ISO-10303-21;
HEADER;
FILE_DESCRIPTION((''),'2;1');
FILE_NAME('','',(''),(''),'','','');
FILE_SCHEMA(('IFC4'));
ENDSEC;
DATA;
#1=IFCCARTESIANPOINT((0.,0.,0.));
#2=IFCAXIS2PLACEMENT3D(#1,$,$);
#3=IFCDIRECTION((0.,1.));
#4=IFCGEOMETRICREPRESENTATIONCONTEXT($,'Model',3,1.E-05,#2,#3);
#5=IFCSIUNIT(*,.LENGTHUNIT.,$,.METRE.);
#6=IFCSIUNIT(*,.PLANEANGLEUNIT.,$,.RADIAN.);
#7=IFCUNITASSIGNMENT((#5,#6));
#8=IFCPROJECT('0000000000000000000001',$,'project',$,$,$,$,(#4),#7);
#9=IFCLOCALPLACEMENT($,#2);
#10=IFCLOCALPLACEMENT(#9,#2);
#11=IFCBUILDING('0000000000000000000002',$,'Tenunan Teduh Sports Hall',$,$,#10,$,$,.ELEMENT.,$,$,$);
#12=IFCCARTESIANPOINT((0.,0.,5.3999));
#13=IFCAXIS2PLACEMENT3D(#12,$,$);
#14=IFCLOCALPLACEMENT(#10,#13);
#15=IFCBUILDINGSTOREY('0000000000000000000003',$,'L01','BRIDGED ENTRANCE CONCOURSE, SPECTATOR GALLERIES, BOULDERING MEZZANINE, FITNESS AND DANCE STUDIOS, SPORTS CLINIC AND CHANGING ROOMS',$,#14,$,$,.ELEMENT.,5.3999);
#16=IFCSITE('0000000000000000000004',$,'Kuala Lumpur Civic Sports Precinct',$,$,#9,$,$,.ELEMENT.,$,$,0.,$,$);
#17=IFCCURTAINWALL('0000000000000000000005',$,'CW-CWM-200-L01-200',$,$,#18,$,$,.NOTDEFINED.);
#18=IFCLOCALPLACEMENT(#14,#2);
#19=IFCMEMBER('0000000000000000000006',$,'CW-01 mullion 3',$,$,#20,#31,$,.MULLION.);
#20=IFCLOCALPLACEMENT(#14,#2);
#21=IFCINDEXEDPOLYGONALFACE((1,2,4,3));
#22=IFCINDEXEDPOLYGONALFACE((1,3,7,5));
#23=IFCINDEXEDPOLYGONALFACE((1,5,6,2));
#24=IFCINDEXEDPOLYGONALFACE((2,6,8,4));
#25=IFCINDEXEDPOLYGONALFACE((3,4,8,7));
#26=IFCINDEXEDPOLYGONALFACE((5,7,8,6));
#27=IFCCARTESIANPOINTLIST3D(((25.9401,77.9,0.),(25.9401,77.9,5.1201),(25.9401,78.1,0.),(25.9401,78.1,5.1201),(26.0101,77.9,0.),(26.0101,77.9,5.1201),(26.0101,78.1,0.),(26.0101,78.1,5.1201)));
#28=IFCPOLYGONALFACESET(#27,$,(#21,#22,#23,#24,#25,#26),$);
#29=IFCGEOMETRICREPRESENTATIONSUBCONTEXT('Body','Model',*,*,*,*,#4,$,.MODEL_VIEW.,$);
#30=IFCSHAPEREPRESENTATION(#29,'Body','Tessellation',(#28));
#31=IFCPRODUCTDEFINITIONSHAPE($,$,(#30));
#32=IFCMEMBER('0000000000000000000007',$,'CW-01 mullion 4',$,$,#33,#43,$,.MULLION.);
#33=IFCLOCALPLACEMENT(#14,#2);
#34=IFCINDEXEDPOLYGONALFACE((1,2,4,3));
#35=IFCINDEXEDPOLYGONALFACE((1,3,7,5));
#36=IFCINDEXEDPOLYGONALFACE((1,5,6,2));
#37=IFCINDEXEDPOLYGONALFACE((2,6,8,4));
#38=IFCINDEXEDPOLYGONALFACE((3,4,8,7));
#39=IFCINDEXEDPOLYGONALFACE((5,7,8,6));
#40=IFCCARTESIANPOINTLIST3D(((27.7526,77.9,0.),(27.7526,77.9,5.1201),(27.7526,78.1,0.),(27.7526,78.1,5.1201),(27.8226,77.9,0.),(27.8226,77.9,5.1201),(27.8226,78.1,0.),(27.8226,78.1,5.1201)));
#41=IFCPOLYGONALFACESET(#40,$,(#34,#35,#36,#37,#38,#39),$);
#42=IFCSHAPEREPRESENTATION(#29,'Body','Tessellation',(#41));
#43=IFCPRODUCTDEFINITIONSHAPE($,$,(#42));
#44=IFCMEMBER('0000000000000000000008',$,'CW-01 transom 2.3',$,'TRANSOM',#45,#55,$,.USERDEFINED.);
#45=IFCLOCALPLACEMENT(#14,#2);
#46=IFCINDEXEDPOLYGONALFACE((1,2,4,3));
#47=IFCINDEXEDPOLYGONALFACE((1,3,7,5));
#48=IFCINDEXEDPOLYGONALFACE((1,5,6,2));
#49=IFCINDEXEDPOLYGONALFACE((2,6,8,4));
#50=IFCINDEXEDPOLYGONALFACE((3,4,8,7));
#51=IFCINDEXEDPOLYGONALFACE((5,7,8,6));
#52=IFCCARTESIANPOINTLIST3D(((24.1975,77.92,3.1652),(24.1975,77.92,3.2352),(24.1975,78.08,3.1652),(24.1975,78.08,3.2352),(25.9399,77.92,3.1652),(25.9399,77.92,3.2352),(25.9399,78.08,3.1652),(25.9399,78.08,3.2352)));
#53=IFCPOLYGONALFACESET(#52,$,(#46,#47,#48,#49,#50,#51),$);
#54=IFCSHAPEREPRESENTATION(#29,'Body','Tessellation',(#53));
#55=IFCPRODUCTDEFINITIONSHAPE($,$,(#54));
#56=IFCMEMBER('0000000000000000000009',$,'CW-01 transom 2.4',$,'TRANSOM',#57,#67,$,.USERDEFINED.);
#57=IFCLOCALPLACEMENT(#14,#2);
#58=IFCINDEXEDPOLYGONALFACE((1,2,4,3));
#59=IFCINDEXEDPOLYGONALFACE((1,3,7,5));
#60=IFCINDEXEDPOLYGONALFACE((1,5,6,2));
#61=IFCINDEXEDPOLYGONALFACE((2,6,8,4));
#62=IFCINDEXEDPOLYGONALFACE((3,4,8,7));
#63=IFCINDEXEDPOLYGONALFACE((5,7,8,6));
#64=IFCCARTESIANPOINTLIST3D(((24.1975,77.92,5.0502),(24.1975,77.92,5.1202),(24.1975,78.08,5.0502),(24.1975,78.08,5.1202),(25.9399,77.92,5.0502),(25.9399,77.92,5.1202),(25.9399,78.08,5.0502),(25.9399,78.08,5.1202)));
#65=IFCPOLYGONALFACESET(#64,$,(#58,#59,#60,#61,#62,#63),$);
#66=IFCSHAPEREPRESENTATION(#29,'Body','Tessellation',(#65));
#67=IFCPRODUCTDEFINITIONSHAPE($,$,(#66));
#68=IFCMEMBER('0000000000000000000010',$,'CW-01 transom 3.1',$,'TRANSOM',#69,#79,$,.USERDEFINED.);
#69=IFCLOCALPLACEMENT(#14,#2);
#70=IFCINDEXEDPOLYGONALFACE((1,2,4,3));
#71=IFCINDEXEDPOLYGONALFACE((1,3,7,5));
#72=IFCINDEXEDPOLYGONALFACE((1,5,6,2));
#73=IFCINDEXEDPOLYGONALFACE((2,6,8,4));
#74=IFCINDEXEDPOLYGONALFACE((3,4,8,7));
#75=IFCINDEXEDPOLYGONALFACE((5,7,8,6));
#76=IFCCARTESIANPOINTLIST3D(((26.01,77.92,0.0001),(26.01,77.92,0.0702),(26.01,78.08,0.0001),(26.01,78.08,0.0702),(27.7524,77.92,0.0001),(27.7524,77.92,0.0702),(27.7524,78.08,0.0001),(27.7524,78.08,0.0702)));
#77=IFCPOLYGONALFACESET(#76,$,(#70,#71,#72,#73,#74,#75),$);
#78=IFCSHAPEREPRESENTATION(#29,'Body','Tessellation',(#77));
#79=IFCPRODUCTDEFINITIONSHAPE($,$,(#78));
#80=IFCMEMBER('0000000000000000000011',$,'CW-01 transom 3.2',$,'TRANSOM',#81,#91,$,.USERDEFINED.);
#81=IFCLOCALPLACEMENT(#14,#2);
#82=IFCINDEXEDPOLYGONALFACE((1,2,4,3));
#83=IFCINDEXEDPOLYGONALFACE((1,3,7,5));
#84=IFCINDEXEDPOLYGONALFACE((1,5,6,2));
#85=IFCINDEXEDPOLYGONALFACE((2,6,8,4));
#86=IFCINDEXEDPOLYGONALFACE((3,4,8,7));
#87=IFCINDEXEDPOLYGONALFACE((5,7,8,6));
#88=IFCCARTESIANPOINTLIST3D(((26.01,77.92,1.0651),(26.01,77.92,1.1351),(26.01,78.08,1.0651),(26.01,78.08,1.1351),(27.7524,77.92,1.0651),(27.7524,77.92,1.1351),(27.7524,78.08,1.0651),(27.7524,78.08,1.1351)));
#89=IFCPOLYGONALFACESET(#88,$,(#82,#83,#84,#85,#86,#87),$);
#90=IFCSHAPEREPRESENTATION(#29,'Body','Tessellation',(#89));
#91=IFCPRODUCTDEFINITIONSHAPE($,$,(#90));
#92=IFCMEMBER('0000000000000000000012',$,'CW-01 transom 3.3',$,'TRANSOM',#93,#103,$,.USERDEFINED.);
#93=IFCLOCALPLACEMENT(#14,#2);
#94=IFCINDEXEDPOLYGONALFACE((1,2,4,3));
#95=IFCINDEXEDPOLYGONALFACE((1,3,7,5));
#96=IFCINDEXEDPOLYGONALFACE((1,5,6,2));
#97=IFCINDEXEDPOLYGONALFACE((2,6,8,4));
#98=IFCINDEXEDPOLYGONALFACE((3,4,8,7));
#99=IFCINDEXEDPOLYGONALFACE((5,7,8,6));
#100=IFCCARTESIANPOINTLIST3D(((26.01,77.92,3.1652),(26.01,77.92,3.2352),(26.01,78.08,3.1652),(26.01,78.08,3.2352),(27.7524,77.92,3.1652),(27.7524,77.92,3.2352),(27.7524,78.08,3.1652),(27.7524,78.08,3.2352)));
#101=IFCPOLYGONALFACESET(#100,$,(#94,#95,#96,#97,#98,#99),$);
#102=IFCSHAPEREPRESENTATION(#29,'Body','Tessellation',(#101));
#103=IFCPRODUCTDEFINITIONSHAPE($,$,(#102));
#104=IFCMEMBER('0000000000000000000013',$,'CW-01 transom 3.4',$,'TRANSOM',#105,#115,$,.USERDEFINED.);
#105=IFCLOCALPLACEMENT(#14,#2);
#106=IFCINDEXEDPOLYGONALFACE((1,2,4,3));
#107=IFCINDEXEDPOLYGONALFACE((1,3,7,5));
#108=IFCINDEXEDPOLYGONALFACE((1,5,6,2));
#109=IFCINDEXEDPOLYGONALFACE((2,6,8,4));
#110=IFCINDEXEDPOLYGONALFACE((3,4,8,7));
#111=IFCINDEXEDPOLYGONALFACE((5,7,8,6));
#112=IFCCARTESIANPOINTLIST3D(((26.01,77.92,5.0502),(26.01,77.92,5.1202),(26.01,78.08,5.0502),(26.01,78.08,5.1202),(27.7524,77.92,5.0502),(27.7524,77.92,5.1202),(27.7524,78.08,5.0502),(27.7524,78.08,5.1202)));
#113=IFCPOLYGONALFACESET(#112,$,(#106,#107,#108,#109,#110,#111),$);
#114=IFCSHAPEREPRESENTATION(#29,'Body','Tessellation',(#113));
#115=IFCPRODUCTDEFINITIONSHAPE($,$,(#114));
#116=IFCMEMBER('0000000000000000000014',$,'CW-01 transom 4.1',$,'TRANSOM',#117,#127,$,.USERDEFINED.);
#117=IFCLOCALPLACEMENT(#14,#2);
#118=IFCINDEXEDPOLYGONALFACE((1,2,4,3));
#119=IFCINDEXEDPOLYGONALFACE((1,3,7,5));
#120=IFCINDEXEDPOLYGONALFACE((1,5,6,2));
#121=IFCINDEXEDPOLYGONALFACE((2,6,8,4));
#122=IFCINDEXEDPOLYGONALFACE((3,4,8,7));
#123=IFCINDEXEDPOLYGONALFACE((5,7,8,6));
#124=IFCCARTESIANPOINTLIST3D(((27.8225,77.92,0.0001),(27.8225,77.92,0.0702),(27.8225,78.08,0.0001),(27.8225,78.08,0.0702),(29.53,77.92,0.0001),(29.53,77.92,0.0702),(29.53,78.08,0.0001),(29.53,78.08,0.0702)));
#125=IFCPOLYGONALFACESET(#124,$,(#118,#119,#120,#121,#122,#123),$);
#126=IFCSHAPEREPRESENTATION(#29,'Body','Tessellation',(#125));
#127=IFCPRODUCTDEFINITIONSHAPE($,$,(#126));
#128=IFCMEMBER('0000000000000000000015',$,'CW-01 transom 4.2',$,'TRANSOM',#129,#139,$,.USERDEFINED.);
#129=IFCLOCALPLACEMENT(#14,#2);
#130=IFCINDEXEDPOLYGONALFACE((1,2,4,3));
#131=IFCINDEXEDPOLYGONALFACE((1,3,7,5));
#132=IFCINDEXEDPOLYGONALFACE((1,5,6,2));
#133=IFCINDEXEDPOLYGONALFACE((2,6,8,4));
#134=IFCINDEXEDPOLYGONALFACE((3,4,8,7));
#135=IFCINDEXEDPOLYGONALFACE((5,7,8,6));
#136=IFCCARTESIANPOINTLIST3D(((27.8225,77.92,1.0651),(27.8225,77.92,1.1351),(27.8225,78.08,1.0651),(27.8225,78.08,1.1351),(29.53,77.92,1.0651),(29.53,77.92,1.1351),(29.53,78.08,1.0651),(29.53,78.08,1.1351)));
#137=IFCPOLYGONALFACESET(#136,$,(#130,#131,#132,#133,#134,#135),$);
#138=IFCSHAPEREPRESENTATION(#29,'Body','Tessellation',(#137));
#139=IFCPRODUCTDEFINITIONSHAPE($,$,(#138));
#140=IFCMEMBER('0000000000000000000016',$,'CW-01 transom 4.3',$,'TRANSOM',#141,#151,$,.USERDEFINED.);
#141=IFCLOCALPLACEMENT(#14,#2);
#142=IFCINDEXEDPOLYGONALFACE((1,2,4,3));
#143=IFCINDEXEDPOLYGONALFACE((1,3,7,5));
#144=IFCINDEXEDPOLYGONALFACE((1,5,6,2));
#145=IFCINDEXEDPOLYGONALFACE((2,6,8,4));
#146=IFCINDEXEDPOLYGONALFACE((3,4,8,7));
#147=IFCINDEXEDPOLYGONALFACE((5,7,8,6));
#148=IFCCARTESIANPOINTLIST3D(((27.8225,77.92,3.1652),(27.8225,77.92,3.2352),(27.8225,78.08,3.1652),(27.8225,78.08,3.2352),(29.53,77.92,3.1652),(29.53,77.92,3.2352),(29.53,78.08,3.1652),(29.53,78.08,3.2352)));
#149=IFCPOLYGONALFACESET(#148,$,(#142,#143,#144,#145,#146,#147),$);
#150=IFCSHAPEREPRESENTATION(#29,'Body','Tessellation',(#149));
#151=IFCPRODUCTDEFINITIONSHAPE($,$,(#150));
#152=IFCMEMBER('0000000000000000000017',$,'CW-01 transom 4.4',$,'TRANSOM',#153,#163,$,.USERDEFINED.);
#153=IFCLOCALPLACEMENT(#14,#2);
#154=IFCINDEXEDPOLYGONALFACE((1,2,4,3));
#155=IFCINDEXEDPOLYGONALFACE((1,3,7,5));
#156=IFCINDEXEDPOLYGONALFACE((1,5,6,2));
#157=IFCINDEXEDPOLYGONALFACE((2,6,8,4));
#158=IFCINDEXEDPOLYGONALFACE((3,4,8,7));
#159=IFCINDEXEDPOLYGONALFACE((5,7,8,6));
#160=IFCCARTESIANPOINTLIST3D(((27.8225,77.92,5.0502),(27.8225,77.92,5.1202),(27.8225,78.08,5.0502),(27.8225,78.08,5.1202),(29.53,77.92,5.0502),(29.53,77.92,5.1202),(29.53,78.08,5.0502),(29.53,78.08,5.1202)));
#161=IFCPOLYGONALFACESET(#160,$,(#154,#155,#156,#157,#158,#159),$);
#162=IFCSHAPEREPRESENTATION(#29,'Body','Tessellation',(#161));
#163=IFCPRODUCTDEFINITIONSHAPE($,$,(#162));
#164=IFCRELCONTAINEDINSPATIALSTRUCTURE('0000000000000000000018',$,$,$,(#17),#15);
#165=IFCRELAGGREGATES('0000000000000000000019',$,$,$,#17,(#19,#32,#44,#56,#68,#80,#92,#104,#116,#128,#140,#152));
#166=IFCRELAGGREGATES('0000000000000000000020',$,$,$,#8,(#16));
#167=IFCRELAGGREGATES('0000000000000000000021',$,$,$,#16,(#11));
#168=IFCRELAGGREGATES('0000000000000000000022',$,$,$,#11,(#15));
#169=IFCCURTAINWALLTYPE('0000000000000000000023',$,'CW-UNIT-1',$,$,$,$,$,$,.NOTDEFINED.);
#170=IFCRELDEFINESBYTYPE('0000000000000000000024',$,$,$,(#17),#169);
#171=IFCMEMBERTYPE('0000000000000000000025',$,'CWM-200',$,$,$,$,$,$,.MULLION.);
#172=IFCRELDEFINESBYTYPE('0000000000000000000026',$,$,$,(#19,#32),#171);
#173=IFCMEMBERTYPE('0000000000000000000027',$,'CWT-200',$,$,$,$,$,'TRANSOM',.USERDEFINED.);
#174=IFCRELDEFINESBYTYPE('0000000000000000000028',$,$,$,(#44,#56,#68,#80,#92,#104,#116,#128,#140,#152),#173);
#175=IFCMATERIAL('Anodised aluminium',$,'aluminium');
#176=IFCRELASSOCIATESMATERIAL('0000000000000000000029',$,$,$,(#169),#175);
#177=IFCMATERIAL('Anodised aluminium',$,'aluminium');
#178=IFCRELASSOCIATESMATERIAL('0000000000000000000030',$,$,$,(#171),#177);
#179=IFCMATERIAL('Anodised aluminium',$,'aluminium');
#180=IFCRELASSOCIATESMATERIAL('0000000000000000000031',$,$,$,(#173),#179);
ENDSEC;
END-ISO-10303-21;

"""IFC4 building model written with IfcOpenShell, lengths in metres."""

from ifc_helpers import new_model, si_unit, direction, frame, origin, origin_2d, place, context, subcontext, project, spatial, rectangle, extrude, material, material_profile, profile_set, type_object, element, aggregate, save


model = new_model("IFC4")

# Units and contexts
model_context = context("Model", 3, precision=1e-05, world=origin(), true_north=direction((0.0, 1.0)))
body_context = subcontext(model_context, "Body", "Model", "MODEL_VIEW")
ifc_project = project(units=[si_unit("LENGTHUNIT", "METRE"), si_unit("PLANEANGLEUNIT", "RADIAN")], contexts=[model_context])

# Site, building, storey
site_placement = place(None, origin())
site = spatial("IfcSite", under=ifc_project, at=site_placement, Name="Kuala Lumpur Civic Sports Precinct", CompositionType="ELEMENT", RefElevation=0.0)
building_placement = place(site_placement, origin())
building = spatial("IfcBuilding", under=site, at=building_placement, Name="Tenunan Teduh Sports Hall", CompositionType="ELEMENT")
storey_placement = place(building_placement, frame((0.0, 0.0, 5.3999)))
storey = spatial("IfcBuildingStorey", under=building, at=storey_placement, Name="L01", Description="BRIDGED ENTRANCE CONCOURSE, SPECTATOR GALLERIES, BOULDERING MEZZANINE, FITNESS AND DANCE STUDIOS, SPORTS CLINIC AND CHANGING ROOMS", CompositionType="ELEMENT", Elevation=5.3999)

# Curtain wall, members
ifc_material_1 = material(Name="Anodised aluminium", Category="aluminium")
curtain_wall_type = type_object("IfcCurtainWallType", Name="CW-UNIT-1", PredefinedType="NOTDEFINED", material=ifc_material_1)
curtain_wall_placement = place(storey_placement, origin())
curtain_wall = element("IfcCurtainWall", 1, at=curtain_wall_placement, inside=storey, type_object=curtain_wall_type, Name="CW-CWM-200-L01-200", PredefinedType="NOTDEFINED")
ifc_material_2 = material(Name="Anodised aluminium", Category="aluminium")
ifc_material_profile_1 = material_profile(ifc_material_2, rectangle(XDim=0.0701, YDim=0.2, at=origin_2d()), Name="CWM 70x200")
ifc_profile_set_1 = profile_set([ifc_material_profile_1], Name="Anodised aluminium")
member_type_1 = type_object("IfcMemberType", Name="CWM-200", PredefinedType="MULLION", material=ifc_profile_set_1)
member_1_placement = place(storey_placement, frame((25.9751, 78.0, 0.0), z_axis=(0.0, 0.0, 1.0), x_axis=(1.0, 0.0, 0.0)))
member_1 = element("IfcMember", 2, at=member_1_placement, type_object=member_type_1, Name="CW-01 mullion 3", PredefinedType="MULLION", context=body_context, shape_type="SweptSolid", body=[
    extrude(rectangle(XDim=0.0701, YDim=0.2, at=origin_2d()), origin(), (0.0, 0.0, 1.0), 5.1201),
])
member_2_placement = place(storey_placement, frame((27.7876, 78.0, 0.0), z_axis=(0.0, 0.0, 1.0), x_axis=(1.0, 0.0, 0.0)))
member_2 = element("IfcMember", 3, at=member_2_placement, type_object=member_type_1, Name="CW-01 mullion 4", PredefinedType="MULLION", context=body_context, shape_type="SweptSolid", body=[
    extrude(rectangle(XDim=0.0701, YDim=0.2, at=origin_2d()), origin(), (0.0, 0.0, 1.0), 5.1201),
])
ifc_material_3 = material(Name="Anodised aluminium", Category="aluminium")
ifc_material_profile_2 = material_profile(ifc_material_3, rectangle(XDim=0.0701, YDim=0.1599, at=origin_2d()), Name="CWT 70x160")
ifc_profile_set_2 = profile_set([ifc_material_profile_2], Name="Anodised aluminium")
member_type_2 = type_object("IfcMemberType", Name="CWT-200", ElementType="TRANSOM", PredefinedType="USERDEFINED", material=ifc_profile_set_2)
member_3_placement = place(storey_placement, frame((24.1975, 78.0, 3.2002), z_axis=(1.0, 0.0, 0.0), x_axis=(0.0, 0.0, 1.0)))
member_3 = element("IfcMember", 4, at=member_3_placement, type_object=member_type_2, Name="CW-01 transom 2.3", ObjectType="TRANSOM", PredefinedType="USERDEFINED", context=body_context, shape_type="SweptSolid", body=[
    extrude(rectangle(XDim=0.0701, YDim=0.1599, at=origin_2d()), origin(), (0.0, 0.0, 1.0), 1.7424),
])
member_4_placement = place(storey_placement, frame((24.1975, 78.0, 5.0852), z_axis=(1.0, 0.0, 0.0), x_axis=(0.0, 0.0, 1.0)))
member_4 = element("IfcMember", 5, at=member_4_placement, type_object=member_type_2, Name="CW-01 transom 2.4", ObjectType="TRANSOM", PredefinedType="USERDEFINED", context=body_context, shape_type="SweptSolid", body=[
    extrude(rectangle(XDim=0.0701, YDim=0.1599, at=origin_2d()), origin(), (0.0, 0.0, 1.0), 1.7424),
])
member_5_placement = place(storey_placement, frame((26.01, 78.0, 0.0352), z_axis=(1.0, 0.0, 0.0), x_axis=(0.0, 0.0, 1.0)))
member_5 = element("IfcMember", 6, at=member_5_placement, type_object=member_type_2, Name="CW-01 transom 3.1", ObjectType="TRANSOM", PredefinedType="USERDEFINED", context=body_context, shape_type="SweptSolid", body=[
    extrude(rectangle(XDim=0.0701, YDim=0.1599, at=origin_2d()), origin(), (0.0, 0.0, 1.0), 1.7424),
])
member_6_placement = place(storey_placement, frame((26.01, 78.0, 1.1001), z_axis=(1.0, 0.0, 0.0), x_axis=(0.0, 0.0, 1.0)))
member_6 = element("IfcMember", 7, at=member_6_placement, type_object=member_type_2, Name="CW-01 transom 3.2", ObjectType="TRANSOM", PredefinedType="USERDEFINED", context=body_context, shape_type="SweptSolid", body=[
    extrude(rectangle(XDim=0.0701, YDim=0.1599, at=origin_2d()), origin(), (0.0, 0.0, 1.0), 1.7424),
])
member_7_placement = place(storey_placement, frame((26.01, 78.0, 3.2002), z_axis=(1.0, 0.0, 0.0), x_axis=(0.0, 0.0, 1.0)))
member_7 = element("IfcMember", 8, at=member_7_placement, type_object=member_type_2, Name="CW-01 transom 3.3", ObjectType="TRANSOM", PredefinedType="USERDEFINED", context=body_context, shape_type="SweptSolid", body=[
    extrude(rectangle(XDim=0.0701, YDim=0.1599, at=origin_2d()), origin(), (0.0, 0.0, 1.0), 1.7424),
])
member_8_placement = place(storey_placement, frame((26.01, 78.0, 5.0852), z_axis=(1.0, 0.0, 0.0), x_axis=(0.0, 0.0, 1.0)))
member_8 = element("IfcMember", 9, at=member_8_placement, type_object=member_type_2, Name="CW-01 transom 3.4", ObjectType="TRANSOM", PredefinedType="USERDEFINED", context=body_context, shape_type="SweptSolid", body=[
    extrude(rectangle(XDim=0.0701, YDim=0.1599, at=origin_2d()), origin(), (0.0, 0.0, 1.0), 1.7424),
])
member_9_placement = place(storey_placement, frame((27.8225, 78.0, 0.0352), z_axis=(1.0, 0.0, 0.0), x_axis=(0.0, 0.0, 1.0)))
member_9 = element("IfcMember", 10, at=member_9_placement, type_object=member_type_2, Name="CW-01 transom 4.1", ObjectType="TRANSOM", PredefinedType="USERDEFINED", context=body_context, shape_type="SweptSolid", body=[
    extrude(rectangle(XDim=0.0701, YDim=0.1599, at=origin_2d()), origin(), (0.0, 0.0, 1.0), 1.7075),
])
member_10_placement = place(storey_placement, frame((27.8225, 78.0, 1.1001), z_axis=(1.0, 0.0, 0.0), x_axis=(0.0, 0.0, 1.0)))
member_10 = element("IfcMember", 11, at=member_10_placement, type_object=member_type_2, Name="CW-01 transom 4.2", ObjectType="TRANSOM", PredefinedType="USERDEFINED", context=body_context, shape_type="SweptSolid", body=[
    extrude(rectangle(XDim=0.0701, YDim=0.1599, at=origin_2d()), origin(), (0.0, 0.0, 1.0), 1.7075),
])
member_11_placement = place(storey_placement, frame((27.8225, 78.0, 3.2002), z_axis=(1.0, 0.0, 0.0), x_axis=(0.0, 0.0, 1.0)))
member_11 = element("IfcMember", 12, at=member_11_placement, type_object=member_type_2, Name="CW-01 transom 4.3", ObjectType="TRANSOM", PredefinedType="USERDEFINED", context=body_context, shape_type="SweptSolid", body=[
    extrude(rectangle(XDim=0.0701, YDim=0.1599, at=origin_2d()), origin(), (0.0, 0.0, 1.0), 1.7075),
])
member_12_placement = place(storey_placement, frame((27.8225, 78.0, 5.0852), z_axis=(1.0, 0.0, 0.0), x_axis=(0.0, 0.0, 1.0)))
member_12 = element("IfcMember", 13, at=member_12_placement, type_object=member_type_2, Name="CW-01 transom 4.4", ObjectType="TRANSOM", PredefinedType="USERDEFINED", context=body_context, shape_type="SweptSolid", body=[
    extrude(rectangle(XDim=0.0701, YDim=0.1599, at=origin_2d()), origin(), (0.0, 0.0, 1.0), 1.7075),
])

aggregate(curtain_wall, [member_1, member_2, member_3, member_4, member_5, member_6, member_7, member_8, member_9, member_10, member_11, member_12])

save(model, "model.ifc")
